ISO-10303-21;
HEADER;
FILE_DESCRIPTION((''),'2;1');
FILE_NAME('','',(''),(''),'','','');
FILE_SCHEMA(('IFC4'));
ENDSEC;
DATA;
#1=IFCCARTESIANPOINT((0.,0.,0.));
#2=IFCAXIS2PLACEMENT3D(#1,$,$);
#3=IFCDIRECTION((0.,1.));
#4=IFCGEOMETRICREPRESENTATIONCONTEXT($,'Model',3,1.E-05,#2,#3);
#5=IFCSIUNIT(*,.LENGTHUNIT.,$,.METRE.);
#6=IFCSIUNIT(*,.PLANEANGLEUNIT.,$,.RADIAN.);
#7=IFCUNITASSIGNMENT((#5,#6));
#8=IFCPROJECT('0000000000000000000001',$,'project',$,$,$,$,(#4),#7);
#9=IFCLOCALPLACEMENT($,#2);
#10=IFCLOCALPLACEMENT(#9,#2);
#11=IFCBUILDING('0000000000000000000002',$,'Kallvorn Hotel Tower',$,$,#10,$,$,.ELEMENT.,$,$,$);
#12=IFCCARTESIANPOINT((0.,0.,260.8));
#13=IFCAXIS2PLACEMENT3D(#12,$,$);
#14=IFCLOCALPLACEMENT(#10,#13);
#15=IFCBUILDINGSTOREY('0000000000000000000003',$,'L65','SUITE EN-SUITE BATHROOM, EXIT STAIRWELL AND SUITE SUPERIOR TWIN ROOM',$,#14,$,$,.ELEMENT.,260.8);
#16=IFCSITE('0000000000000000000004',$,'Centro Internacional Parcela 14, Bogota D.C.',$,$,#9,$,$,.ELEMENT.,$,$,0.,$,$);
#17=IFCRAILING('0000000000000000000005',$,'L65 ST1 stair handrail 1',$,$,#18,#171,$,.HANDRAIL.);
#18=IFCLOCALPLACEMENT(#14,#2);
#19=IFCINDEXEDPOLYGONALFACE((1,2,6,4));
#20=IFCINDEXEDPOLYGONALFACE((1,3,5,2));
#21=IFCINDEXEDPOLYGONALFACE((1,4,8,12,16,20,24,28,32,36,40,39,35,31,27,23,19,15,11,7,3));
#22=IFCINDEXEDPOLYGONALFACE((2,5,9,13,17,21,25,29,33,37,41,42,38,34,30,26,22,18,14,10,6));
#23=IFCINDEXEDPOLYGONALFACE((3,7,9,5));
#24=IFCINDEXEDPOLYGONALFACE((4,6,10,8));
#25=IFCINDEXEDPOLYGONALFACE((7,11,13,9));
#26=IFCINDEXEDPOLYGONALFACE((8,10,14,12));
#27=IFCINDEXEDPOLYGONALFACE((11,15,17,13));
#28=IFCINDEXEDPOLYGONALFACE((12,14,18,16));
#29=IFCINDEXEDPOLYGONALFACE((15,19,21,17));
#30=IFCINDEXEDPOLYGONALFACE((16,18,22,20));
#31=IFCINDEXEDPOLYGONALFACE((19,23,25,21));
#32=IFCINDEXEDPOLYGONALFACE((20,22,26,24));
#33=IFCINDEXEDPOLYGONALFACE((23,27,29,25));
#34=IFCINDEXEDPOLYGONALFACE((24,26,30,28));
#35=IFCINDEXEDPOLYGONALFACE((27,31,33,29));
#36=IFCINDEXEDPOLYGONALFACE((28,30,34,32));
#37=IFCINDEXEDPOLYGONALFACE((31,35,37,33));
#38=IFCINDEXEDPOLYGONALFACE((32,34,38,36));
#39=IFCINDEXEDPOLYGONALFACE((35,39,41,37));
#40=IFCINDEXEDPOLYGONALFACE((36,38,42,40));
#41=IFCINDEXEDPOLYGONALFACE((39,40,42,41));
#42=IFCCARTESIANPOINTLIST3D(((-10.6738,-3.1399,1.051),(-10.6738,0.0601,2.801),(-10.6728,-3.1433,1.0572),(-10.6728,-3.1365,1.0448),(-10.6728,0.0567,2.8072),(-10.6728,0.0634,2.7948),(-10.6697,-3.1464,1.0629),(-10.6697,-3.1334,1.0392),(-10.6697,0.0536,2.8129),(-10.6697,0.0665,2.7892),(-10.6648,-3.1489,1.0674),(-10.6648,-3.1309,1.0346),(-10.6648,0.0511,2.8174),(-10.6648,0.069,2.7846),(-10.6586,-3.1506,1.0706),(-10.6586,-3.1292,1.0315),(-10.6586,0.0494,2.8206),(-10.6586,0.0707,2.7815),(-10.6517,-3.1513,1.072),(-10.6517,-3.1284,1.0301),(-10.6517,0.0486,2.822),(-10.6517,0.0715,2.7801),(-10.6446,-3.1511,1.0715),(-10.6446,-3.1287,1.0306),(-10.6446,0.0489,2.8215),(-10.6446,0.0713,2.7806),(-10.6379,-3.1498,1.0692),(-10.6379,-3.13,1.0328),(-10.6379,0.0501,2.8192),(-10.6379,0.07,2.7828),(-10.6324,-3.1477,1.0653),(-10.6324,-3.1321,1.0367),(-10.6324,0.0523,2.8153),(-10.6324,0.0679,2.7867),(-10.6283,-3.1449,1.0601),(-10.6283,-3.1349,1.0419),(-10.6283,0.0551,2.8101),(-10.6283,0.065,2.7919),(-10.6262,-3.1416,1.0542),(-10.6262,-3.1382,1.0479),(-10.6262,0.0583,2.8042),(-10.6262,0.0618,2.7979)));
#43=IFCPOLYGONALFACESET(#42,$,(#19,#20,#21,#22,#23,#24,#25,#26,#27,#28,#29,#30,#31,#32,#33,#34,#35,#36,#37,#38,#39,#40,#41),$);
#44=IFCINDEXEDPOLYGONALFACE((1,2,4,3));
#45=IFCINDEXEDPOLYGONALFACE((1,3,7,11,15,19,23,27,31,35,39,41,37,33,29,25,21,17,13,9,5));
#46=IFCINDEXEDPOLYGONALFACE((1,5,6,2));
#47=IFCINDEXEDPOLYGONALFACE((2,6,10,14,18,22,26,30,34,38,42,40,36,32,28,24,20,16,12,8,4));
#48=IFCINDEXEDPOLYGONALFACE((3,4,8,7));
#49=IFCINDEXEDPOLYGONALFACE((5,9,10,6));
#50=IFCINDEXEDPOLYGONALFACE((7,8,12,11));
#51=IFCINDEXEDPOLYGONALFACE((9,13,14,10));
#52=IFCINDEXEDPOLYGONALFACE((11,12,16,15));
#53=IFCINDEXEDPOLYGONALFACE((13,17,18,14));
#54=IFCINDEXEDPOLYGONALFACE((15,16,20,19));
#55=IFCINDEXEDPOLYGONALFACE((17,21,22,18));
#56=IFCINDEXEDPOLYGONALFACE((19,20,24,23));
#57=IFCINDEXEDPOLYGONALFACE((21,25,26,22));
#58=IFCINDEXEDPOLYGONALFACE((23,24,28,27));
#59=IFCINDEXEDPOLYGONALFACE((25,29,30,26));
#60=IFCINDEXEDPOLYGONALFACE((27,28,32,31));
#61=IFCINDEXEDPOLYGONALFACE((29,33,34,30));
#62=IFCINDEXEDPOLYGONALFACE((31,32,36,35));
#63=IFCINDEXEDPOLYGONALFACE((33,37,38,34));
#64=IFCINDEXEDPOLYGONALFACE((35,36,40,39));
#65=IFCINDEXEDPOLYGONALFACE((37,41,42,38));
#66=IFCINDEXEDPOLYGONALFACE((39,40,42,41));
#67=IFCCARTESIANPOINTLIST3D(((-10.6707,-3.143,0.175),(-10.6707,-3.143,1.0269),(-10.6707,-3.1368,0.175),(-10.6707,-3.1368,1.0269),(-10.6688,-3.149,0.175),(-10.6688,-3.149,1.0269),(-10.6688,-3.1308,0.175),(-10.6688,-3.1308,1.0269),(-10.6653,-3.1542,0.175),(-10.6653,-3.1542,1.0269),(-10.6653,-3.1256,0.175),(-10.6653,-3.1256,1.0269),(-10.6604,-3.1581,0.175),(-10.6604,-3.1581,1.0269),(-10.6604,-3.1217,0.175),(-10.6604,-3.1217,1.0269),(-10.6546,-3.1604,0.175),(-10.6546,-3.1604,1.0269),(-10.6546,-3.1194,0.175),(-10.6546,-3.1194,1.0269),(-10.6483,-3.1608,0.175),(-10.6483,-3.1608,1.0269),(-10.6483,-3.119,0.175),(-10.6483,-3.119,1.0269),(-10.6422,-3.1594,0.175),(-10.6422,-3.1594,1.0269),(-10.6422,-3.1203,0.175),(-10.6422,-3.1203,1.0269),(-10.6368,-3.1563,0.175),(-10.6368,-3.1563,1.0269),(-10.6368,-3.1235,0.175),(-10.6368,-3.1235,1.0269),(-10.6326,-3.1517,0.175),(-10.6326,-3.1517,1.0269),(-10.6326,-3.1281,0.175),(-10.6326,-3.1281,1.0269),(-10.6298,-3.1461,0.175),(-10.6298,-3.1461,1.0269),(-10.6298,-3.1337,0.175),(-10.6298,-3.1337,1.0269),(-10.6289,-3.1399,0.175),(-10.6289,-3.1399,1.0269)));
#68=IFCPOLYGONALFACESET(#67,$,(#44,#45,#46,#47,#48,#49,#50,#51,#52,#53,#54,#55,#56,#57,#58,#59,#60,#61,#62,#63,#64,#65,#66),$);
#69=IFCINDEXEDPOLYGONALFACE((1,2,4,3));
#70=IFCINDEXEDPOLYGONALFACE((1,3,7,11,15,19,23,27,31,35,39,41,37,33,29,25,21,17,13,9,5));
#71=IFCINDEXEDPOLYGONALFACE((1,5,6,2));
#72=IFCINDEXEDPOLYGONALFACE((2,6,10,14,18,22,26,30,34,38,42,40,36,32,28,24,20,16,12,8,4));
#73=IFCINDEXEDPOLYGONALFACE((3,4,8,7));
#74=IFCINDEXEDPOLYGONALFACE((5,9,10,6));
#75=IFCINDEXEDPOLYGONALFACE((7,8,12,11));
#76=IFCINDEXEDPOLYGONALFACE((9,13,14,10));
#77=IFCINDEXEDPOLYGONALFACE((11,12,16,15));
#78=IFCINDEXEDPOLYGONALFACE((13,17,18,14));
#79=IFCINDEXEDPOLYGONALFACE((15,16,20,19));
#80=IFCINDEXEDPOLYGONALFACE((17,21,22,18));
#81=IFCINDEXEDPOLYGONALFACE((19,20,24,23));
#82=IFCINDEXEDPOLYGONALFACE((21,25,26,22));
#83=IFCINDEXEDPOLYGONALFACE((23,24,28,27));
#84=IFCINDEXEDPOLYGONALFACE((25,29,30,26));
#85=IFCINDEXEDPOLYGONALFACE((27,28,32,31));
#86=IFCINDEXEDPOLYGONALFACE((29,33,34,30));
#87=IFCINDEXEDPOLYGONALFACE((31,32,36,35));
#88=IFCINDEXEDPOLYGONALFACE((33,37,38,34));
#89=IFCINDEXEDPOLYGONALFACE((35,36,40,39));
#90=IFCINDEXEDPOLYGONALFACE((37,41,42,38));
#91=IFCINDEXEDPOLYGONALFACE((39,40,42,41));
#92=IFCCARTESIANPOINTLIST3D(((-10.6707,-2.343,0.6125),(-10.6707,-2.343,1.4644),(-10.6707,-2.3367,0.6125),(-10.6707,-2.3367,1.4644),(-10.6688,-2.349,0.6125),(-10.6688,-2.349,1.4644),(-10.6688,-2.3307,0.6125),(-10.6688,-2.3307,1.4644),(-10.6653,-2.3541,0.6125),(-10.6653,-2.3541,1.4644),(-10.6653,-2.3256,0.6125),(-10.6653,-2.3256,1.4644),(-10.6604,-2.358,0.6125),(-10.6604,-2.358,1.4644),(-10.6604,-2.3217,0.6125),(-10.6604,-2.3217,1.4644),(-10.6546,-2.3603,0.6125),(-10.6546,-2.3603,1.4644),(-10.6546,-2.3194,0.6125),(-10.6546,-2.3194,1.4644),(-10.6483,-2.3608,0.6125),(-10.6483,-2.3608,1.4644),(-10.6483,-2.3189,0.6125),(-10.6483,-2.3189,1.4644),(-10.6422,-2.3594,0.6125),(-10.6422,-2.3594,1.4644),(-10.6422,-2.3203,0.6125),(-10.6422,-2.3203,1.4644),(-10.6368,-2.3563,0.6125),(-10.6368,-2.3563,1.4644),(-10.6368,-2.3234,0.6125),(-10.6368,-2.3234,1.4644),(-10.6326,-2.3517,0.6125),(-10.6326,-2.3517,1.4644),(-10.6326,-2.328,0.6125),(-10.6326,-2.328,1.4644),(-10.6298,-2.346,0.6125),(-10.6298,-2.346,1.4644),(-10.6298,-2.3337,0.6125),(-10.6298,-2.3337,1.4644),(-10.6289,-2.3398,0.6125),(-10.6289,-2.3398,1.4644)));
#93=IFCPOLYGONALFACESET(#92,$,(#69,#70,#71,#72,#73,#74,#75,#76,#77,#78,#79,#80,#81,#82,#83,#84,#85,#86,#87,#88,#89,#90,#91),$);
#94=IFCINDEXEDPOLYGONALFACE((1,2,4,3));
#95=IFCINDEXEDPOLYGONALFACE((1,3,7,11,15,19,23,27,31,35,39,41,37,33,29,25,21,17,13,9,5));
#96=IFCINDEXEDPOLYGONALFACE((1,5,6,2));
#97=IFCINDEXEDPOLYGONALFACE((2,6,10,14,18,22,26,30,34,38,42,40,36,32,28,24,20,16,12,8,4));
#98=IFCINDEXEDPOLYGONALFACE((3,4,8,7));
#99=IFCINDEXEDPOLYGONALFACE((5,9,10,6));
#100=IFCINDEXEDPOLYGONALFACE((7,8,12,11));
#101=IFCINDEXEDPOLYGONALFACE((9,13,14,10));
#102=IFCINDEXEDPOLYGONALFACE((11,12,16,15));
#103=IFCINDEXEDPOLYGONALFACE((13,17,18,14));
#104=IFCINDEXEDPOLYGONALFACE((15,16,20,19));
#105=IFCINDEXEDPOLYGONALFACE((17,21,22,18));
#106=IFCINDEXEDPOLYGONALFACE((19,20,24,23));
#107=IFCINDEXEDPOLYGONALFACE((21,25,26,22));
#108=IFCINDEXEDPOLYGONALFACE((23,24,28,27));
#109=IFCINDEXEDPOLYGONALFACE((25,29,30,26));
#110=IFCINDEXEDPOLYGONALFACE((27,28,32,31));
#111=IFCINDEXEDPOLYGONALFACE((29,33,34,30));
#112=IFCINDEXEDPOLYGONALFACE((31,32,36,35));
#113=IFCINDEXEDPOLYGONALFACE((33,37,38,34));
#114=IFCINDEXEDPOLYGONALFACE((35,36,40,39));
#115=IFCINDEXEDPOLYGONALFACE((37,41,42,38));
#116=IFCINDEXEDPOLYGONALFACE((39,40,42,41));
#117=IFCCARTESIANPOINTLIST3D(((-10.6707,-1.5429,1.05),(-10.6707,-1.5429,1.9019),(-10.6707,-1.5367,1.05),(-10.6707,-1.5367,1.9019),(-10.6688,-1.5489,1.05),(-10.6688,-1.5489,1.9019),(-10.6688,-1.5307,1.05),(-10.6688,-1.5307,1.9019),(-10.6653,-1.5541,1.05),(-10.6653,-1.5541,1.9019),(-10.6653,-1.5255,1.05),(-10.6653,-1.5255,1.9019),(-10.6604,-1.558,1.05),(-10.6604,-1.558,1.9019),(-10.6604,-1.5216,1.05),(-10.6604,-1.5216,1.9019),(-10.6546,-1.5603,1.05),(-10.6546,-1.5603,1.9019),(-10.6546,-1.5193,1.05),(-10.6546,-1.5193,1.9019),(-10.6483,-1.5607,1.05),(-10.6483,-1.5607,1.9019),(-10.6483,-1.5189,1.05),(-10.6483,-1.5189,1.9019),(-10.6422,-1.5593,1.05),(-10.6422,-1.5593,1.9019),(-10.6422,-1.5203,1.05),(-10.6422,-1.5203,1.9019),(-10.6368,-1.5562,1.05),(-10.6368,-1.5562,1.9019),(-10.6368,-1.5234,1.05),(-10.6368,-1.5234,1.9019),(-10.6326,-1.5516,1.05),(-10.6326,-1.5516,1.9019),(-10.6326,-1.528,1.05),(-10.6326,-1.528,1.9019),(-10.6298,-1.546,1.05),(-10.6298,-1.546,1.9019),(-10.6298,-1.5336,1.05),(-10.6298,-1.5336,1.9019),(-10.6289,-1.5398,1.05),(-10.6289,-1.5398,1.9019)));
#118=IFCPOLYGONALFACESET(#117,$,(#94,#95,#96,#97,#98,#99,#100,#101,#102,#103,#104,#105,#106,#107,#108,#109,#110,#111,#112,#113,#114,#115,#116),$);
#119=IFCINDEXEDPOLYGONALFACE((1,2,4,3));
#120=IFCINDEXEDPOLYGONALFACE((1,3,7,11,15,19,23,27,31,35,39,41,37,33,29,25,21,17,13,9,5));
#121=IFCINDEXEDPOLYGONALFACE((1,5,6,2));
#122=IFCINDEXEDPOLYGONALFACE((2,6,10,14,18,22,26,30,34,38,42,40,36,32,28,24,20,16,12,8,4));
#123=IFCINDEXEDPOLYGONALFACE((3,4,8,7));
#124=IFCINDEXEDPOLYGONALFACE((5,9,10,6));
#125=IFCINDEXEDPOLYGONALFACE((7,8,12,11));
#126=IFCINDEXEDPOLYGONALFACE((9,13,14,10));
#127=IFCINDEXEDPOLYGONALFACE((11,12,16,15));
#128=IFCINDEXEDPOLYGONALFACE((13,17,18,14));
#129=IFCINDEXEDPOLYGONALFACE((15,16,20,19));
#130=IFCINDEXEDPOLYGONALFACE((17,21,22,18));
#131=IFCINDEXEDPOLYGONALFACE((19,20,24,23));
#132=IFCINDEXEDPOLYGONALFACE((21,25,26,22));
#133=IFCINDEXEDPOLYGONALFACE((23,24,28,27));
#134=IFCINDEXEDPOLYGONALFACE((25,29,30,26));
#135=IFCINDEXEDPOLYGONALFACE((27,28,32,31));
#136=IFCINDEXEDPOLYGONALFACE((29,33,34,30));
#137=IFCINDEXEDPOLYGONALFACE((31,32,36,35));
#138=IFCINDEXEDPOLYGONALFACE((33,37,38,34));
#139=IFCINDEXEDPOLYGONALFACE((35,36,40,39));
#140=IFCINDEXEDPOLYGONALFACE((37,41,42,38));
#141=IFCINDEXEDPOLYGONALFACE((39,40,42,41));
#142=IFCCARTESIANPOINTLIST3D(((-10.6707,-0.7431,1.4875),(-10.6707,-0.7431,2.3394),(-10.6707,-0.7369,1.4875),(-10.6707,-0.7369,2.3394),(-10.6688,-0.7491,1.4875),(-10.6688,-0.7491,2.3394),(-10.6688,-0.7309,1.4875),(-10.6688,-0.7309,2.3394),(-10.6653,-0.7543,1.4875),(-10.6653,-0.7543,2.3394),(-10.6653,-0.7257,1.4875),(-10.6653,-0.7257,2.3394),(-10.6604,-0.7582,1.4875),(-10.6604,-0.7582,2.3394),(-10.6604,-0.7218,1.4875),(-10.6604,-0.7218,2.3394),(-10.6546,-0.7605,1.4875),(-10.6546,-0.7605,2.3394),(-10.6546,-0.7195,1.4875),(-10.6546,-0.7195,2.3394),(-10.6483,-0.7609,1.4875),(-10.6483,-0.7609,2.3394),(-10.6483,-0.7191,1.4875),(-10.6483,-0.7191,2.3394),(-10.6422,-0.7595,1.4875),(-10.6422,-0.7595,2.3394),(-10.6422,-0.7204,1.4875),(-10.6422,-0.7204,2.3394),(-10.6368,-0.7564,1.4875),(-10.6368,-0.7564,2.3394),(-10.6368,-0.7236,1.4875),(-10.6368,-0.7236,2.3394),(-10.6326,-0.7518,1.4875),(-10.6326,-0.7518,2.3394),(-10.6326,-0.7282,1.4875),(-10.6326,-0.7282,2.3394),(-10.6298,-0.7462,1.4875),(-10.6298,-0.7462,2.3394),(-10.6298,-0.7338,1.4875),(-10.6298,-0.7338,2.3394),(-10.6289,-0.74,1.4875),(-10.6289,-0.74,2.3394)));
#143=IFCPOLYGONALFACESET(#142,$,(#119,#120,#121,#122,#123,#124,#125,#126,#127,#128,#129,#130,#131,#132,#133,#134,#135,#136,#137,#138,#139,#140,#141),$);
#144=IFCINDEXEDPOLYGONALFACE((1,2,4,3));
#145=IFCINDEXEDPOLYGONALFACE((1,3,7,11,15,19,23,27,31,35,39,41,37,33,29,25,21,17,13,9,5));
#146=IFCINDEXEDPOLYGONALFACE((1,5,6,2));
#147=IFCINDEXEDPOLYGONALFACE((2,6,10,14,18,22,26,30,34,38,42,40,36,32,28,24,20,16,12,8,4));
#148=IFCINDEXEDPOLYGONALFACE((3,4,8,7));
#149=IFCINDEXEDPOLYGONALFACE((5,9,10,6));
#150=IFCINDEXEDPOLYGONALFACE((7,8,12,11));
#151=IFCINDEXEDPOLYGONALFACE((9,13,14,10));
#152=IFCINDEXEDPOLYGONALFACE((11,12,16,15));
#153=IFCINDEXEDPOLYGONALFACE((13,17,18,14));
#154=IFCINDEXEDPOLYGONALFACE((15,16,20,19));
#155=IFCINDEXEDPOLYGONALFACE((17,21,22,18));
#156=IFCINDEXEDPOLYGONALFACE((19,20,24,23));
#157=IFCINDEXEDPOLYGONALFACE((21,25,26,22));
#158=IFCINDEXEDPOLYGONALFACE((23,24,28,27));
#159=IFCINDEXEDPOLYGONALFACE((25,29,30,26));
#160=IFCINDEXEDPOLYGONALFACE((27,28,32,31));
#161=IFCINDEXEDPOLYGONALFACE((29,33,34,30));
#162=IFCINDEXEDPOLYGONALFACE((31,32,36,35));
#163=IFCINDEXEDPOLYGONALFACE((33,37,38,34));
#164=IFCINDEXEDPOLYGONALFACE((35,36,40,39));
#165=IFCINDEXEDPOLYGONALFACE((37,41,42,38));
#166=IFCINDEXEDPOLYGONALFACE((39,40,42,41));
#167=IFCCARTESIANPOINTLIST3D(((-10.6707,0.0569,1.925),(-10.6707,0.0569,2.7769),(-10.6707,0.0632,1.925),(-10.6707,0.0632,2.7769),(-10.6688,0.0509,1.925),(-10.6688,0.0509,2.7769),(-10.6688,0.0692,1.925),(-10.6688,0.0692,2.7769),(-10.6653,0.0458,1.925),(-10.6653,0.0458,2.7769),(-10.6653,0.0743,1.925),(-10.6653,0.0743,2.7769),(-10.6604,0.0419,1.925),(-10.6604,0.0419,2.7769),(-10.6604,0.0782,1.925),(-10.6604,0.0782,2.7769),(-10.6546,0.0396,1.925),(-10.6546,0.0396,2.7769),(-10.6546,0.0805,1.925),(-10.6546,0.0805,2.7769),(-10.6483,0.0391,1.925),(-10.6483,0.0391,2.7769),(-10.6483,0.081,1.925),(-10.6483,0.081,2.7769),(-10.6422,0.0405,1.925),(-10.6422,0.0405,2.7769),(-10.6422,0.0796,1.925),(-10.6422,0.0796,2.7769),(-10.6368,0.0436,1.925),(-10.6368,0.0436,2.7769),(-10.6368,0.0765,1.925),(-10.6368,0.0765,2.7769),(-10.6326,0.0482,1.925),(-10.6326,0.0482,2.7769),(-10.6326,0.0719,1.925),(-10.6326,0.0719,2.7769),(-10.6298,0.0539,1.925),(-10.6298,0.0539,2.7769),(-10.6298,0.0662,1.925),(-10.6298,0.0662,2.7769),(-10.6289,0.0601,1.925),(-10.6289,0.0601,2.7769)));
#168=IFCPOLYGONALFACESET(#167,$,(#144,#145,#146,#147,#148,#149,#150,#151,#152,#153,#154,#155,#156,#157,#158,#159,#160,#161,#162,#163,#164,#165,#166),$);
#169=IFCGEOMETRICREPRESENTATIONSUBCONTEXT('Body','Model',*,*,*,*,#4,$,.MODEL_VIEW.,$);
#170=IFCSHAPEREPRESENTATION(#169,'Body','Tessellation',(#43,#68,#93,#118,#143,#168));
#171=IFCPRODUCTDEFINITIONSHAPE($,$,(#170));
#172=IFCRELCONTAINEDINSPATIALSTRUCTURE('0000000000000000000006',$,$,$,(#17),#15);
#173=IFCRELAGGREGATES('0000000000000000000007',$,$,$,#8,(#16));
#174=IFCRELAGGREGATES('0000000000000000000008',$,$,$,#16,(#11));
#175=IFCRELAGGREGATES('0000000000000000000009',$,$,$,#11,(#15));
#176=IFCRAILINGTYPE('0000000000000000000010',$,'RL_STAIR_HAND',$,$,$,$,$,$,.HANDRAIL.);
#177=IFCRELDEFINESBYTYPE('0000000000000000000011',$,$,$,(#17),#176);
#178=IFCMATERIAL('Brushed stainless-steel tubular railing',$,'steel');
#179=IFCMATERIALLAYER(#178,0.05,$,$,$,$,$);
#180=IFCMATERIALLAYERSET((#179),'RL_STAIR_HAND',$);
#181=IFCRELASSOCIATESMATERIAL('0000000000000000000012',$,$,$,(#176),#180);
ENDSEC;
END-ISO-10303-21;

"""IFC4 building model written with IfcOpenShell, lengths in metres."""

from ifc_helpers import new_model, si_unit, direction, frame, origin, origin_2d, place, context, subcontext, project, spatial, circle, extrude, material, layer, layer_set, type_object, element, save


model = new_model("IFC4")

# Units and contexts
model_context = context("Model", 3, precision=1e-05, world=origin(), true_north=direction((0.0, 1.0)))
body_context = subcontext(model_context, "Body", "Model", "MODEL_VIEW")
ifc_project = project(units=[si_unit("LENGTHUNIT", "METRE"), si_unit("PLANEANGLEUNIT", "RADIAN")], contexts=[model_context])

# Site, building, storey
site_placement = place(None, origin())
site = spatial("IfcSite", under=ifc_project, at=site_placement, Name="Centro Internacional Parcela 14, Bogota D.C.", CompositionType="ELEMENT", RefElevation=0.0)
building_placement = place(site_placement, origin())
building = spatial("IfcBuilding", under=site, at=building_placement, Name="Kallvorn Hotel Tower", CompositionType="ELEMENT")
storey_placement = place(building_placement, frame((0.0, 0.0, 260.8)))
storey = spatial("IfcBuildingStorey", under=building, at=storey_placement, Name="L65", Description="SUITE EN-SUITE BATHROOM, EXIT STAIRWELL AND SUITE SUPERIOR TWIN ROOM", CompositionType="ELEMENT", Elevation=260.8)

# Railing
ifc_material_1 = material(Name="Brushed stainless-steel tubular railing", Category="steel")
ifc_layer_1 = layer(ifc_material_1, 0.05)
ifc_layer_set_1 = layer_set([ifc_layer_1], Name="RL_STAIR_HAND")
railing_type_1 = type_object("IfcRailingType", Name="RL_STAIR_HAND", PredefinedType="HANDRAIL", material=ifc_layer_set_1)
railing_1_placement = place(storey_placement, frame((-10.6499, -3.1399, 0.175)))
element("IfcRailing", 1, at=railing_1_placement, inside=storey, type_object=railing_type_1, Name="L65 ST1 stair handrail 1", PredefinedType="HANDRAIL", context=body_context, shape_type="SweptSolid", body=[
    extrude(circle(Radius=0.0239, at=origin_2d()), frame((0.0, 0.0, 0.876), z_axis=(0.0, 0.877368, 0.479818), x_axis=(-1.0, 0.0, 0.0)), (0.0, 0.0, 1.0), 3.6472),
    extrude(circle(Radius=0.021, at=origin_2d()), origin(), (0.0, 0.0, 1.0), 0.8518),
    extrude(circle(Radius=0.021, at=origin_2d()), frame((0.0, 0.8, 0.4375)), (0.0, 0.0, 1.0), 0.8518),
    extrude(circle(Radius=0.021, at=origin_2d()), frame((0.0, 1.6001, 0.875)), (0.0, 0.0, 1.0), 0.8518),
    extrude(circle(Radius=0.021, at=origin_2d()), frame((0.0, 2.3999, 1.3125)), (0.0, 0.0, 1.0), 0.8518),
    extrude(circle(Radius=0.021, at=origin_2d()), frame((0.0, 3.2, 1.75)), (0.0, 0.0, 1.0), 0.8518),
])

save(model, "model.ifc")
